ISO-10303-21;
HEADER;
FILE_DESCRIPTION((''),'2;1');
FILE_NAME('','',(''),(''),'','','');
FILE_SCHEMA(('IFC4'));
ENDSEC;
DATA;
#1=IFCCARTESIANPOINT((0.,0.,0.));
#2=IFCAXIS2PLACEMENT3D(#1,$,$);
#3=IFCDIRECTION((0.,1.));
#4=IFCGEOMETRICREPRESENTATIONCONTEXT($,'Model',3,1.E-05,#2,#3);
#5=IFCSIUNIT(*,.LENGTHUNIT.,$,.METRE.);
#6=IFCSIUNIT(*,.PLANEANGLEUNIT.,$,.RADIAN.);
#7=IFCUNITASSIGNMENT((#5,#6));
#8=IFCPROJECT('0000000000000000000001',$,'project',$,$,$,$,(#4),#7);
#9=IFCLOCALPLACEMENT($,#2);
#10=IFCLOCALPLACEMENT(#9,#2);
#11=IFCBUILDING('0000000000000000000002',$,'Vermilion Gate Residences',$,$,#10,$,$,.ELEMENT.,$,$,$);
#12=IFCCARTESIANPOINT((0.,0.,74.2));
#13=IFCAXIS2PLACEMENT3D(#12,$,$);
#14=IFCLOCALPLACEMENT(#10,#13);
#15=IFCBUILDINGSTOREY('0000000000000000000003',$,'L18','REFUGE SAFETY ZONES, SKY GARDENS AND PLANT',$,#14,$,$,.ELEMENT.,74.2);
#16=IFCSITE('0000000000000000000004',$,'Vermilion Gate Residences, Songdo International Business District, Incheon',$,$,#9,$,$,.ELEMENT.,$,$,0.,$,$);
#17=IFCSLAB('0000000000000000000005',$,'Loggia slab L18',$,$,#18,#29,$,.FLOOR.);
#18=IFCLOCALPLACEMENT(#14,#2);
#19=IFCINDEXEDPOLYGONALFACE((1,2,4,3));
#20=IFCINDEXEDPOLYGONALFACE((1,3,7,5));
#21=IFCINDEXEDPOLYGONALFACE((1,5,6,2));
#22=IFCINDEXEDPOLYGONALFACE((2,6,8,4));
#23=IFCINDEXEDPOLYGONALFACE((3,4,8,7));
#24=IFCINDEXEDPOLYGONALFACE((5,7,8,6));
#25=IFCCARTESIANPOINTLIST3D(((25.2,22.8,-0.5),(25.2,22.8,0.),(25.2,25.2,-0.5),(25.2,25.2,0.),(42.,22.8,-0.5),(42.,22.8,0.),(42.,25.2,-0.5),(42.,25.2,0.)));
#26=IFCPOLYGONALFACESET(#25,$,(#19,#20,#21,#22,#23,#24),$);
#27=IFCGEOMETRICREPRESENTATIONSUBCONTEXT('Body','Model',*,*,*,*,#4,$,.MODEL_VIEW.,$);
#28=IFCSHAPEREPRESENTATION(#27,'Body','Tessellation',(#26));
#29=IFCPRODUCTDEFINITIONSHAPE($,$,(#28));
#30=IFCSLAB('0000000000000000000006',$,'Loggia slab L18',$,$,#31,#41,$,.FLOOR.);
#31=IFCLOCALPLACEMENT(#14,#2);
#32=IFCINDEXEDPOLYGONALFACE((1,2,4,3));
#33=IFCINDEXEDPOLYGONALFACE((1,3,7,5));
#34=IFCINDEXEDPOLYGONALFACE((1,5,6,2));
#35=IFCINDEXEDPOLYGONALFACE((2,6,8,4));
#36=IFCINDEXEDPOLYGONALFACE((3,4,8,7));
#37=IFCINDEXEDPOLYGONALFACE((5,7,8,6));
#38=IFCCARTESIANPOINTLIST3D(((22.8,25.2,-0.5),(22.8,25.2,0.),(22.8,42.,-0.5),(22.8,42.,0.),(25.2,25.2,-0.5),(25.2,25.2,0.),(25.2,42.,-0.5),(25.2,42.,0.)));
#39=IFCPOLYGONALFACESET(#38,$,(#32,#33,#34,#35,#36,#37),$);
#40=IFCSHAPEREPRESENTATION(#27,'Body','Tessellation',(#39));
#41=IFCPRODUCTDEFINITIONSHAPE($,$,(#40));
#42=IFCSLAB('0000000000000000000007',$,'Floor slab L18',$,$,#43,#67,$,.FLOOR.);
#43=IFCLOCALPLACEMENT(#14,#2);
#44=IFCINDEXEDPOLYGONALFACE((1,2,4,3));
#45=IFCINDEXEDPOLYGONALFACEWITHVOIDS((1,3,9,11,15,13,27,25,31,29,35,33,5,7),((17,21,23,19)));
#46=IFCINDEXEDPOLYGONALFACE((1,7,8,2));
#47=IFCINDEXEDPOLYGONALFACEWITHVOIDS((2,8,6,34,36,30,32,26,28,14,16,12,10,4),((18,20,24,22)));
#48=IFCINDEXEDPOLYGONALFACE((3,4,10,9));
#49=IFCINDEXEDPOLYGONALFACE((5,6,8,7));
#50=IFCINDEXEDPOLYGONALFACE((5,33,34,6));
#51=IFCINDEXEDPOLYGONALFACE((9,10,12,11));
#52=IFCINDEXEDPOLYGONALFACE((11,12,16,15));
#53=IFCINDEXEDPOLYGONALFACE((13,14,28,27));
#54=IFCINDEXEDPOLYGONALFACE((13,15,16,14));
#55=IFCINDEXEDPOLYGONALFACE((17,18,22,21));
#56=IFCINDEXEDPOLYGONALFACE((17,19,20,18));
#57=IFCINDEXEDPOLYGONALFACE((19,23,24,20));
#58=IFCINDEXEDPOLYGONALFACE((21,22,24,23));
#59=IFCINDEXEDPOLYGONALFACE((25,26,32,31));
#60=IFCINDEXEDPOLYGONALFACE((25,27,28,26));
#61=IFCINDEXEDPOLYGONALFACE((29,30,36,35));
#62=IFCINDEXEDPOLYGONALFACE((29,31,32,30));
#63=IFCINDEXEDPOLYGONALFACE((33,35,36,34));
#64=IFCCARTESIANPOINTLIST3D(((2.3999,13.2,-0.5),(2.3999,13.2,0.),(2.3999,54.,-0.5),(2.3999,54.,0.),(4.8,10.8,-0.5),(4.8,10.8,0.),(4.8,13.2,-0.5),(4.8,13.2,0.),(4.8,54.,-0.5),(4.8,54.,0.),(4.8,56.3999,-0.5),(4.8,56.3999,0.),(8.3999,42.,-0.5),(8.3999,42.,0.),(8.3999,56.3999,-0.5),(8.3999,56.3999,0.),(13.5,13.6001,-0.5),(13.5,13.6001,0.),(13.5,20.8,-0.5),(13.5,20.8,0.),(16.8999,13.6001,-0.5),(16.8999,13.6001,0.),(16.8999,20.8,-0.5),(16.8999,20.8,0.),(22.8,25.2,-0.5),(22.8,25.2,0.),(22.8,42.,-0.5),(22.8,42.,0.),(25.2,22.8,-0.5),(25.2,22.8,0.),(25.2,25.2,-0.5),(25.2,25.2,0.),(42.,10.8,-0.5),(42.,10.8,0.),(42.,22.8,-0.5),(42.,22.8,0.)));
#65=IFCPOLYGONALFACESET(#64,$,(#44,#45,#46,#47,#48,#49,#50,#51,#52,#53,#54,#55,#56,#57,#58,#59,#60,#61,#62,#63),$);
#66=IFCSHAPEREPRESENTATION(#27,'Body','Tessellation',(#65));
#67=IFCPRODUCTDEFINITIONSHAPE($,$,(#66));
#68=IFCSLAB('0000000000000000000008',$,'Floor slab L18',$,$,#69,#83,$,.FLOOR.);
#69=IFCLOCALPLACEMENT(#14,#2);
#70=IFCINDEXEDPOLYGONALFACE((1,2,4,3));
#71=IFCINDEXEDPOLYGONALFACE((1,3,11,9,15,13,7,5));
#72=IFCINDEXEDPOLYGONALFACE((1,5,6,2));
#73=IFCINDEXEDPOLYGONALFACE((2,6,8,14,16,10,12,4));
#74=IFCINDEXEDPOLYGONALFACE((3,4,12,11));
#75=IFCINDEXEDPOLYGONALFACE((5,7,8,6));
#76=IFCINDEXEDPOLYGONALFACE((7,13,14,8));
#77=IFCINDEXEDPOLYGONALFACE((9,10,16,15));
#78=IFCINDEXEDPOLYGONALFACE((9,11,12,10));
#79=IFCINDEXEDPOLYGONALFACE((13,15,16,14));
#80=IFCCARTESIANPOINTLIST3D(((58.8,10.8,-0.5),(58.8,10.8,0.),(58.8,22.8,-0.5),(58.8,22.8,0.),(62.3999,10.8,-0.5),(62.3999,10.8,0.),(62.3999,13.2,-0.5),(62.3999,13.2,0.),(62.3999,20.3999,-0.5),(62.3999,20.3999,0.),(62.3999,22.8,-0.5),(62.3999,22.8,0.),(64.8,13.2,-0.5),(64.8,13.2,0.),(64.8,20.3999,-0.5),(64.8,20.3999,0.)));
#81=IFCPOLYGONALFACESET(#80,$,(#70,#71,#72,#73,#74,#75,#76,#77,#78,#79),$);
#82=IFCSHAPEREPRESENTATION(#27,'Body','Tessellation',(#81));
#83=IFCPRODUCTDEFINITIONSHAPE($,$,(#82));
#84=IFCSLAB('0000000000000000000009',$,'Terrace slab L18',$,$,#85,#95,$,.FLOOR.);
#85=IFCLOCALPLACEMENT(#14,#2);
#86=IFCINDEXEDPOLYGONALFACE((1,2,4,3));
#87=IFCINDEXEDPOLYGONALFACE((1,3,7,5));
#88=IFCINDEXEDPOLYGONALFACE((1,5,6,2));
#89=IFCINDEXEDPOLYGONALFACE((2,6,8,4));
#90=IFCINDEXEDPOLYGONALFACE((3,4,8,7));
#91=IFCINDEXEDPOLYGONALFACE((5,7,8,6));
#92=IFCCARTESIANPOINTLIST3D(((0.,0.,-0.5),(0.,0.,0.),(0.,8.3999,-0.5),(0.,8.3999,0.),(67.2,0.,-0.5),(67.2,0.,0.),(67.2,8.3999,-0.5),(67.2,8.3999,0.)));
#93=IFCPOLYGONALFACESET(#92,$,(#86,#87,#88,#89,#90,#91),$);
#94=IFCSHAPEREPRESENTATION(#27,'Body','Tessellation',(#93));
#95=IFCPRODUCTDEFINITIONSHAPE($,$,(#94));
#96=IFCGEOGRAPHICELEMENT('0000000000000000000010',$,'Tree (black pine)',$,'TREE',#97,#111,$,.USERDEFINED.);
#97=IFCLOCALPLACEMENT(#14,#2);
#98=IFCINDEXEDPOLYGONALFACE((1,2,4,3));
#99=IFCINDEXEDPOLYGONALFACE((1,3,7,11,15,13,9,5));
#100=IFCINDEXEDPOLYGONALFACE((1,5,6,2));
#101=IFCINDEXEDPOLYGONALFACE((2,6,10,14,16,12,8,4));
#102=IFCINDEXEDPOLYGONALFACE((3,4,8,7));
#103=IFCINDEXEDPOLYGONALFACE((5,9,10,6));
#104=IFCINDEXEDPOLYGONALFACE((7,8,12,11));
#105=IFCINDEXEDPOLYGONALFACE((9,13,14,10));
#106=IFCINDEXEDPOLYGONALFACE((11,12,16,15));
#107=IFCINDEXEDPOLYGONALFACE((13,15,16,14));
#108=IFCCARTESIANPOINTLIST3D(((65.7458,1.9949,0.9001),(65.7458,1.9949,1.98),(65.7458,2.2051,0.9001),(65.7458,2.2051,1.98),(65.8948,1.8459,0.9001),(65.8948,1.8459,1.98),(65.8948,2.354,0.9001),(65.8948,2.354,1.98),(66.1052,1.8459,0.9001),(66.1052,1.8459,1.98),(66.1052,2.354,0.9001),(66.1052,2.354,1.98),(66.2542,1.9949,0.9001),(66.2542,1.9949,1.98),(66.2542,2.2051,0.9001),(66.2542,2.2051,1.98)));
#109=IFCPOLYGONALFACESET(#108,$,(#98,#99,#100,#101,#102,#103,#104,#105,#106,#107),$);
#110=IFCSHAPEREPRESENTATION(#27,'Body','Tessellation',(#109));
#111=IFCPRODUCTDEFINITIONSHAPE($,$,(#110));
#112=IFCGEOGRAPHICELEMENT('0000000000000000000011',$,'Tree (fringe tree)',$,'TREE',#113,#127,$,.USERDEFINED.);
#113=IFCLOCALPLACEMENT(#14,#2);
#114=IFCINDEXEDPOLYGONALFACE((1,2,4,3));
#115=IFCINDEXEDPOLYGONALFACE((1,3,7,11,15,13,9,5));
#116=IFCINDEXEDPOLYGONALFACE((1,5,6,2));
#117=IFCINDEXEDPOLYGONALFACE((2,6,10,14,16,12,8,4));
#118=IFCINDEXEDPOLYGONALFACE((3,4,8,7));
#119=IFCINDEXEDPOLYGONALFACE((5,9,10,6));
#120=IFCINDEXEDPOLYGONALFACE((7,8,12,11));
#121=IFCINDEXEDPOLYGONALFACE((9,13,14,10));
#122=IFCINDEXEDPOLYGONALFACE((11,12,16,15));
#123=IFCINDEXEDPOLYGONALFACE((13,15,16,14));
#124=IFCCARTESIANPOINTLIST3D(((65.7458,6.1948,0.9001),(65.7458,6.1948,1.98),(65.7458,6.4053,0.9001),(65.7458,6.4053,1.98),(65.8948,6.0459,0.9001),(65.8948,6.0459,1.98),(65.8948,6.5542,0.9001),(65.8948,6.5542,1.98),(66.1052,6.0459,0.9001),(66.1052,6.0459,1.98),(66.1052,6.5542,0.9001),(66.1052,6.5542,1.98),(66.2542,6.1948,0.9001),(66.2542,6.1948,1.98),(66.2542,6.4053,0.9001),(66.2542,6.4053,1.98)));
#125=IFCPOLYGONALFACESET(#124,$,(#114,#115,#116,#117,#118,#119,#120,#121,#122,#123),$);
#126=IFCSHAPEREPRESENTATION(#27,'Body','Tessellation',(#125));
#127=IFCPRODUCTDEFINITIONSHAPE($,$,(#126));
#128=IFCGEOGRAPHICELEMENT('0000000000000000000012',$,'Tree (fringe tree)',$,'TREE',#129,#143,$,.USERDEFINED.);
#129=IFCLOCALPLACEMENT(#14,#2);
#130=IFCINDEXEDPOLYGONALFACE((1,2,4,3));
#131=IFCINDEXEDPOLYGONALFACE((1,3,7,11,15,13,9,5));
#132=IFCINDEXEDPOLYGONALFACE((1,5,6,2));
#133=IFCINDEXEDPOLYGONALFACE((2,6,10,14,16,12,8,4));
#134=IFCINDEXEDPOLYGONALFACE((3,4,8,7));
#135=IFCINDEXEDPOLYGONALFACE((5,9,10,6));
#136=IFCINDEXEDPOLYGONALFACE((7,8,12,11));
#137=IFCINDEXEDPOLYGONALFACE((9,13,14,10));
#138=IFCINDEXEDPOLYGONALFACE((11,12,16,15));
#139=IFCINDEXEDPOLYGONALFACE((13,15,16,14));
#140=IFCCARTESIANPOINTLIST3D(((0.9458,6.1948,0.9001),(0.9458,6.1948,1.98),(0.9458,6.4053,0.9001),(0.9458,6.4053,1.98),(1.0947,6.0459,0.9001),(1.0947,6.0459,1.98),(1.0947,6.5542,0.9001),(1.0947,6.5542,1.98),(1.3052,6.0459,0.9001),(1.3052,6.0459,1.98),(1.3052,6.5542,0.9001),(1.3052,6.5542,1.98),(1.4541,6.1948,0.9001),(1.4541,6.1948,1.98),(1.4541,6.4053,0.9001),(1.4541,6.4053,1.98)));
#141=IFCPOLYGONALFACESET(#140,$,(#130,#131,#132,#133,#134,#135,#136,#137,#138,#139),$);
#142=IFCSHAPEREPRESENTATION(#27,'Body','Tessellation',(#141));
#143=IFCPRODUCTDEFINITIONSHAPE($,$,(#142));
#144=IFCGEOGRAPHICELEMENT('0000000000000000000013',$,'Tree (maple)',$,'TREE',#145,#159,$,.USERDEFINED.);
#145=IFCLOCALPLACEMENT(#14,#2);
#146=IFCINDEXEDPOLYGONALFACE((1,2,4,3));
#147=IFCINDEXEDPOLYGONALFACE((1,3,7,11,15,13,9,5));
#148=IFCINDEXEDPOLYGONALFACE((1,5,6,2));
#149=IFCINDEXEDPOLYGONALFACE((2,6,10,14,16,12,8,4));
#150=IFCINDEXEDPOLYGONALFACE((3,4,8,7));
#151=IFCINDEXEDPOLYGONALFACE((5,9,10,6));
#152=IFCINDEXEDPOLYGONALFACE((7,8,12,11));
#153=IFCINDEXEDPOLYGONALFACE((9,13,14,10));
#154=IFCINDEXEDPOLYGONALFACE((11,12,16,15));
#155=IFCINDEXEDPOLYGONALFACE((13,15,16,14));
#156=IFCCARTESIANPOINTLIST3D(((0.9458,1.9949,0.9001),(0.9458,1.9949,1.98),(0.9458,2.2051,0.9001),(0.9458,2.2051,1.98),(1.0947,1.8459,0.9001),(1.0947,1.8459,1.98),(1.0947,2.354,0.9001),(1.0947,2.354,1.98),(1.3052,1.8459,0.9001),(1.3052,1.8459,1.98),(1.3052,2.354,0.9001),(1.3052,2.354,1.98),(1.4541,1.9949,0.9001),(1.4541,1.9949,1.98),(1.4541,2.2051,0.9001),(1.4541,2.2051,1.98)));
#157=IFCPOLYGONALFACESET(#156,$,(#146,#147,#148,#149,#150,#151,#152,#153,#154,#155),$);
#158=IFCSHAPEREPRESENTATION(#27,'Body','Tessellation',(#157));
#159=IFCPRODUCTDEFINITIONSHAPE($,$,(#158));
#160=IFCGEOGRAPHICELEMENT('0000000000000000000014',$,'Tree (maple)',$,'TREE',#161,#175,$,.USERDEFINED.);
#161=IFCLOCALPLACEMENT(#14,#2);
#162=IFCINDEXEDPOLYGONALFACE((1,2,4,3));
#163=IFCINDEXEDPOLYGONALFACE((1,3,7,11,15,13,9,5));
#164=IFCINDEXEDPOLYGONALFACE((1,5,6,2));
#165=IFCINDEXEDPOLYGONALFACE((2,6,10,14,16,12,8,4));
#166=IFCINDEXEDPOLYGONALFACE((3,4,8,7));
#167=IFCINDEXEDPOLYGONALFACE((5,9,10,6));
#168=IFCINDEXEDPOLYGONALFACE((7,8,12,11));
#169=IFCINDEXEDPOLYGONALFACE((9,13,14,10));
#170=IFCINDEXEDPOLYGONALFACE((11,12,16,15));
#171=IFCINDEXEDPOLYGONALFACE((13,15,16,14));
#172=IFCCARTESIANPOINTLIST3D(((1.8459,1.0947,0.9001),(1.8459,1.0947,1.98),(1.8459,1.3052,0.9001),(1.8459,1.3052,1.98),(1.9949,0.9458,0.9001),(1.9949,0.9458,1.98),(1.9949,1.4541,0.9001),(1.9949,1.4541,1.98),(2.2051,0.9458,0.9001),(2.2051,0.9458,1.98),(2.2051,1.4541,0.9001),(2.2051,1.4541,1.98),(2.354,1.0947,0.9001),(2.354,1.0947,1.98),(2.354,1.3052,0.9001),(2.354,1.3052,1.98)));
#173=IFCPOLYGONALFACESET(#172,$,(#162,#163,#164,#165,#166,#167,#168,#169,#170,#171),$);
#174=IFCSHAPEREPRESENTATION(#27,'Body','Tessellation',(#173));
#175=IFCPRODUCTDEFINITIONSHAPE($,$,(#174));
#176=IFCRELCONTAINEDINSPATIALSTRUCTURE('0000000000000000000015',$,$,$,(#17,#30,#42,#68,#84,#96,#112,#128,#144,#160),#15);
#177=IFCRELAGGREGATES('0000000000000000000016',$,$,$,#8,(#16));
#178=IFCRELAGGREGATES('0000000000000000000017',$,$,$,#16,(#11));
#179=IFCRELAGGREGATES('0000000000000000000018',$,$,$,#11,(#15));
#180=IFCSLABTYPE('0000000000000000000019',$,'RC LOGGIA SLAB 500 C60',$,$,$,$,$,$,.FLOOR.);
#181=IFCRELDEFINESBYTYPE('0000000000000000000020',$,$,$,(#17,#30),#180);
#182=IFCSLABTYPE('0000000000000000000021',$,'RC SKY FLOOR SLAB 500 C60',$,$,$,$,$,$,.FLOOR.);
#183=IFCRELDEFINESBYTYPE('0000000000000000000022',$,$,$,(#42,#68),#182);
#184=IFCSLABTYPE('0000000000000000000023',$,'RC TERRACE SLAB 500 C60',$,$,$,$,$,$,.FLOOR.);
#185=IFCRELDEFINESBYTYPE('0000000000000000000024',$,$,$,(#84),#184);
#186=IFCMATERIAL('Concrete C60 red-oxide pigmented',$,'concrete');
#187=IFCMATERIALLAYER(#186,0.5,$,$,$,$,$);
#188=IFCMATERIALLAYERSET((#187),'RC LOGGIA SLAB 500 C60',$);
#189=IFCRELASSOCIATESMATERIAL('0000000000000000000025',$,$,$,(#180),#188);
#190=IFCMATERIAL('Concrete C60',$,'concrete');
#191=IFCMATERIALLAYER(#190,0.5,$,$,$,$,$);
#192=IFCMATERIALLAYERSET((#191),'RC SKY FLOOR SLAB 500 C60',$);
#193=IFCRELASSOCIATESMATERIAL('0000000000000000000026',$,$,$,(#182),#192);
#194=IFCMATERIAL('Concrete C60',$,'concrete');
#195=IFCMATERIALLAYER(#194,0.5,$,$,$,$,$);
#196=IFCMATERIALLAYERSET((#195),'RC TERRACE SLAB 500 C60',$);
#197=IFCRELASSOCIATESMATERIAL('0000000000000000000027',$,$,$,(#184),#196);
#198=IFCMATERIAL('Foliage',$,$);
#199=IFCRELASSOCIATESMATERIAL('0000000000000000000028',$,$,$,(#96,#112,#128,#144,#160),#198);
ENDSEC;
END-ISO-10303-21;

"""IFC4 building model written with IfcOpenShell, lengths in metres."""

from ifc_helpers import new_model, si_unit, direction, frame, origin, place, context, subcontext, project, spatial, polyline, outline, extrude, material, layer, layer_set, type_object, element, save


model = new_model("IFC4")

# Units and contexts
model_context = context("Model", 3, precision=1e-05, world=origin(), true_north=direction((0.0, 1.0)))
body_context = subcontext(model_context, "Body", "Model", "MODEL_VIEW")
ifc_project = project(units=[si_unit("LENGTHUNIT", "METRE"), si_unit("PLANEANGLEUNIT", "RADIAN")], contexts=[model_context])

# Site, building, storey
site_placement = place(None, origin())
site = spatial("IfcSite", under=ifc_project, at=site_placement, Name="Vermilion Gate Residences, Songdo International Business District, Incheon", CompositionType="ELEMENT", RefElevation=0.0)
building_placement = place(site_placement, origin())
building = spatial("IfcBuilding", under=site, at=building_placement, Name="Vermilion Gate Residences", CompositionType="ELEMENT")
storey_placement = place(building_placement, frame((0.0, 0.0, 74.2)))
storey = spatial("IfcBuildingStorey", under=building, at=storey_placement, Name="L18", Description="REFUGE SAFETY ZONES, SKY GARDENS AND PLANT", CompositionType="ELEMENT", Elevation=74.2)

# Slabs
ifc_material_1 = material(Name="Concrete C60 red-oxide pigmented", Category="concrete")
ifc_layer_1 = layer(ifc_material_1, 0.5)
ifc_layer_set_1 = layer_set([ifc_layer_1], Name="RC LOGGIA SLAB 500 C60")
slab_type_1 = type_object("IfcSlabType", Name="RC LOGGIA SLAB 500 C60", PredefinedType="FLOOR", material=ifc_layer_set_1)
slab_1_placement = place(storey_placement, frame((0.0, 0.0, -0.5)))
element("IfcSlab", 1, at=slab_1_placement, inside=storey, type_object=slab_type_1, Name="Loggia slab L18", PredefinedType="FLOOR", context=body_context, shape_type="SweptSolid", body=[
    extrude(outline(polyline([(25.2, 22.8), (42.0, 22.8), (42.0, 25.2), (25.2, 25.2), (25.2, 22.8)])), origin(), (0.0, 0.0, 1.0), 0.5),
])
slab_2_placement = place(storey_placement, frame((0.0, 0.0, -0.5)))
element("IfcSlab", 2, at=slab_2_placement, inside=storey, type_object=slab_type_1, Name="Loggia slab L18", PredefinedType="FLOOR", context=body_context, shape_type="SweptSolid", body=[
    extrude(outline(polyline([(25.2, 25.2), (25.2, 42.0), (22.8, 42.0), (22.8, 25.2), (25.2, 25.2)])), origin(), (0.0, 0.0, 1.0), 0.5),
])
ifc_material_2 = material(Name="Concrete C60", Category="concrete")
ifc_layer_2 = layer(ifc_material_2, 0.5)
ifc_layer_set_2 = layer_set([ifc_layer_2], Name="RC SKY FLOOR SLAB 500 C60")
slab_type_2 = type_object("IfcSlabType", Name="RC SKY FLOOR SLAB 500 C60", PredefinedType="FLOOR", material=ifc_layer_set_2)
slab_3_placement = place(storey_placement, frame((0.0, 0.0, -0.5)))
element("IfcSlab", 3, at=slab_3_placement, inside=storey, type_object=slab_type_2, Name="Floor slab L18", PredefinedType="FLOOR", context=body_context, shape_type="SweptSolid", body=[
    extrude(outline(polyline([(22.8, 25.2), (22.8, 42.0), (8.3999, 42.0), (8.3999, 56.3999), (4.8, 56.3999), (4.8, 54.0), (2.3999, 54.0), (2.3999, 13.2), (4.8, 13.2), (4.8, 10.8), (42.0, 10.8), (42.0, 22.8), (25.2, 22.8), (25.2, 25.2), (22.8, 25.2)]), holes=[polyline([(13.5, 13.6001), (13.5, 20.8), (16.8999, 20.8), (16.8999, 13.6001), (13.5, 13.6001)])]), origin(), (0.0, 0.0, 1.0), 0.5),
])
slab_4_placement = place(storey_placement, frame((0.0, 0.0, -0.5)))
element("IfcSlab", 4, at=slab_4_placement, inside=storey, type_object=slab_type_2, Name="Floor slab L18", PredefinedType="FLOOR", context=body_context, shape_type="SweptSolid", body=[
    extrude(outline(polyline([(58.8, 22.8), (58.8, 10.8), (62.3999, 10.8), (62.3999, 13.2), (64.8, 13.2), (64.8, 20.3999), (62.3999, 20.3999), (62.3999, 22.8), (58.8, 22.8)])), origin(), (0.0, 0.0, 1.0), 0.5),
])
ifc_material_3 = material(Name="Concrete C60", Category="concrete")
ifc_layer_3 = layer(ifc_material_3, 0.5)
ifc_layer_set_3 = layer_set([ifc_layer_3], Name="RC TERRACE SLAB 500 C60")
slab_type_3 = type_object("IfcSlabType", Name="RC TERRACE SLAB 500 C60", PredefinedType="FLOOR", material=ifc_layer_set_3)
slab_5_placement = place(storey_placement, frame((0.0, 0.0, -0.5)))
element("IfcSlab", 5, at=slab_5_placement, inside=storey, type_object=slab_type_3, Name="Terrace slab L18", PredefinedType="FLOOR", context=body_context, shape_type="SweptSolid", body=[
    extrude(outline(polyline([(0.0, 0.0), (67.2, 0.0), (67.2, 8.3999), (0.0, 8.3999), (0.0, 0.0)])), origin(), (0.0, 0.0, 1.0), 0.5),
])

# Geographic elements
ifc_material_4 = material(Name="Foliage")
geographic_element_1_placement = place(storey_placement, frame((0.0, 0.0, 0.9001)))
element("IfcGeographicElement", 6, at=geographic_element_1_placement, inside=storey, material=ifc_material_4, Name="Tree (black pine)", ObjectType="TREE", PredefinedType="USERDEFINED", context=body_context, shape_type="SweptSolid", body=[
    extrude(outline(polyline([(66.2542, 2.2051), (66.1052, 2.354), (65.8948, 2.354), (65.7458, 2.2051), (65.7458, 1.9949), (65.8948, 1.8459), (66.1052, 1.8459), (66.2542, 1.9949), (66.2542, 2.2051)])), origin(), (0.0, 0.0, 1.0), 1.0798),
])
geographic_element_2_placement = place(storey_placement, frame((0.0, 0.0, 0.9001)))
element("IfcGeographicElement", 7, at=geographic_element_2_placement, inside=storey, material=ifc_material_4, Name="Tree (fringe tree)", ObjectType="TREE", PredefinedType="USERDEFINED", context=body_context, shape_type="SweptSolid", body=[
    extrude(outline(polyline([(66.2542, 6.4053), (66.1052, 6.5542), (65.8948, 6.5542), (65.7458, 6.4053), (65.7458, 6.1948), (65.8948, 6.0459), (66.1052, 6.0459), (66.2542, 6.1948), (66.2542, 6.4053)])), origin(), (0.0, 0.0, 1.0), 1.0798),
])
geographic_element_3_placement = place(storey_placement, frame((0.0, 0.0, 0.9001)))
element("IfcGeographicElement", 8, at=geographic_element_3_placement, inside=storey, material=ifc_material_4, Name="Tree (fringe tree)", ObjectType="TREE", PredefinedType="USERDEFINED", context=body_context, shape_type="SweptSolid", body=[
    extrude(outline(polyline([(1.4541, 6.4053), (1.3052, 6.5542), (1.0947, 6.5542), (0.9458, 6.4053), (0.9458, 6.1948), (1.0947, 6.0459), (1.3052, 6.0459), (1.4541, 6.1948), (1.4541, 6.4053)])), origin(), (0.0, 0.0, 1.0), 1.0798),
])
geographic_element_4_placement = place(storey_placement, frame((0.0, 0.0, 0.9001)))
element("IfcGeographicElement", 9, at=geographic_element_4_placement, inside=storey, material=ifc_material_4, Name="Tree (maple)", ObjectType="TREE", PredefinedType="USERDEFINED", context=body_context, shape_type="SweptSolid", body=[
    extrude(outline(polyline([(1.4541, 2.2051), (1.3052, 2.354), (1.0947, 2.354), (0.9458, 2.2051), (0.9458, 1.9949), (1.0947, 1.8459), (1.3052, 1.8459), (1.4541, 1.9949), (1.4541, 2.2051)])), origin(), (0.0, 0.0, 1.0), 1.0798),
])
geographic_element_5_placement = place(storey_placement, frame((0.0, 0.0, 0.9001)))
element("IfcGeographicElement", 10, at=geographic_element_5_placement, inside=storey, material=ifc_material_4, Name="Tree (maple)", ObjectType="TREE", PredefinedType="USERDEFINED", context=body_context, shape_type="SweptSolid", body=[
    extrude(outline(polyline([(2.354, 1.3052), (2.2051, 1.4541), (1.9949, 1.4541), (1.8459, 1.3052), (1.8459, 1.0947), (1.9949, 0.9458), (2.2051, 0.9458), (2.354, 1.0947), (2.354, 1.3052)])), origin(), (0.0, 0.0, 1.0), 1.0798),
])

save(model, "model.ifc")
